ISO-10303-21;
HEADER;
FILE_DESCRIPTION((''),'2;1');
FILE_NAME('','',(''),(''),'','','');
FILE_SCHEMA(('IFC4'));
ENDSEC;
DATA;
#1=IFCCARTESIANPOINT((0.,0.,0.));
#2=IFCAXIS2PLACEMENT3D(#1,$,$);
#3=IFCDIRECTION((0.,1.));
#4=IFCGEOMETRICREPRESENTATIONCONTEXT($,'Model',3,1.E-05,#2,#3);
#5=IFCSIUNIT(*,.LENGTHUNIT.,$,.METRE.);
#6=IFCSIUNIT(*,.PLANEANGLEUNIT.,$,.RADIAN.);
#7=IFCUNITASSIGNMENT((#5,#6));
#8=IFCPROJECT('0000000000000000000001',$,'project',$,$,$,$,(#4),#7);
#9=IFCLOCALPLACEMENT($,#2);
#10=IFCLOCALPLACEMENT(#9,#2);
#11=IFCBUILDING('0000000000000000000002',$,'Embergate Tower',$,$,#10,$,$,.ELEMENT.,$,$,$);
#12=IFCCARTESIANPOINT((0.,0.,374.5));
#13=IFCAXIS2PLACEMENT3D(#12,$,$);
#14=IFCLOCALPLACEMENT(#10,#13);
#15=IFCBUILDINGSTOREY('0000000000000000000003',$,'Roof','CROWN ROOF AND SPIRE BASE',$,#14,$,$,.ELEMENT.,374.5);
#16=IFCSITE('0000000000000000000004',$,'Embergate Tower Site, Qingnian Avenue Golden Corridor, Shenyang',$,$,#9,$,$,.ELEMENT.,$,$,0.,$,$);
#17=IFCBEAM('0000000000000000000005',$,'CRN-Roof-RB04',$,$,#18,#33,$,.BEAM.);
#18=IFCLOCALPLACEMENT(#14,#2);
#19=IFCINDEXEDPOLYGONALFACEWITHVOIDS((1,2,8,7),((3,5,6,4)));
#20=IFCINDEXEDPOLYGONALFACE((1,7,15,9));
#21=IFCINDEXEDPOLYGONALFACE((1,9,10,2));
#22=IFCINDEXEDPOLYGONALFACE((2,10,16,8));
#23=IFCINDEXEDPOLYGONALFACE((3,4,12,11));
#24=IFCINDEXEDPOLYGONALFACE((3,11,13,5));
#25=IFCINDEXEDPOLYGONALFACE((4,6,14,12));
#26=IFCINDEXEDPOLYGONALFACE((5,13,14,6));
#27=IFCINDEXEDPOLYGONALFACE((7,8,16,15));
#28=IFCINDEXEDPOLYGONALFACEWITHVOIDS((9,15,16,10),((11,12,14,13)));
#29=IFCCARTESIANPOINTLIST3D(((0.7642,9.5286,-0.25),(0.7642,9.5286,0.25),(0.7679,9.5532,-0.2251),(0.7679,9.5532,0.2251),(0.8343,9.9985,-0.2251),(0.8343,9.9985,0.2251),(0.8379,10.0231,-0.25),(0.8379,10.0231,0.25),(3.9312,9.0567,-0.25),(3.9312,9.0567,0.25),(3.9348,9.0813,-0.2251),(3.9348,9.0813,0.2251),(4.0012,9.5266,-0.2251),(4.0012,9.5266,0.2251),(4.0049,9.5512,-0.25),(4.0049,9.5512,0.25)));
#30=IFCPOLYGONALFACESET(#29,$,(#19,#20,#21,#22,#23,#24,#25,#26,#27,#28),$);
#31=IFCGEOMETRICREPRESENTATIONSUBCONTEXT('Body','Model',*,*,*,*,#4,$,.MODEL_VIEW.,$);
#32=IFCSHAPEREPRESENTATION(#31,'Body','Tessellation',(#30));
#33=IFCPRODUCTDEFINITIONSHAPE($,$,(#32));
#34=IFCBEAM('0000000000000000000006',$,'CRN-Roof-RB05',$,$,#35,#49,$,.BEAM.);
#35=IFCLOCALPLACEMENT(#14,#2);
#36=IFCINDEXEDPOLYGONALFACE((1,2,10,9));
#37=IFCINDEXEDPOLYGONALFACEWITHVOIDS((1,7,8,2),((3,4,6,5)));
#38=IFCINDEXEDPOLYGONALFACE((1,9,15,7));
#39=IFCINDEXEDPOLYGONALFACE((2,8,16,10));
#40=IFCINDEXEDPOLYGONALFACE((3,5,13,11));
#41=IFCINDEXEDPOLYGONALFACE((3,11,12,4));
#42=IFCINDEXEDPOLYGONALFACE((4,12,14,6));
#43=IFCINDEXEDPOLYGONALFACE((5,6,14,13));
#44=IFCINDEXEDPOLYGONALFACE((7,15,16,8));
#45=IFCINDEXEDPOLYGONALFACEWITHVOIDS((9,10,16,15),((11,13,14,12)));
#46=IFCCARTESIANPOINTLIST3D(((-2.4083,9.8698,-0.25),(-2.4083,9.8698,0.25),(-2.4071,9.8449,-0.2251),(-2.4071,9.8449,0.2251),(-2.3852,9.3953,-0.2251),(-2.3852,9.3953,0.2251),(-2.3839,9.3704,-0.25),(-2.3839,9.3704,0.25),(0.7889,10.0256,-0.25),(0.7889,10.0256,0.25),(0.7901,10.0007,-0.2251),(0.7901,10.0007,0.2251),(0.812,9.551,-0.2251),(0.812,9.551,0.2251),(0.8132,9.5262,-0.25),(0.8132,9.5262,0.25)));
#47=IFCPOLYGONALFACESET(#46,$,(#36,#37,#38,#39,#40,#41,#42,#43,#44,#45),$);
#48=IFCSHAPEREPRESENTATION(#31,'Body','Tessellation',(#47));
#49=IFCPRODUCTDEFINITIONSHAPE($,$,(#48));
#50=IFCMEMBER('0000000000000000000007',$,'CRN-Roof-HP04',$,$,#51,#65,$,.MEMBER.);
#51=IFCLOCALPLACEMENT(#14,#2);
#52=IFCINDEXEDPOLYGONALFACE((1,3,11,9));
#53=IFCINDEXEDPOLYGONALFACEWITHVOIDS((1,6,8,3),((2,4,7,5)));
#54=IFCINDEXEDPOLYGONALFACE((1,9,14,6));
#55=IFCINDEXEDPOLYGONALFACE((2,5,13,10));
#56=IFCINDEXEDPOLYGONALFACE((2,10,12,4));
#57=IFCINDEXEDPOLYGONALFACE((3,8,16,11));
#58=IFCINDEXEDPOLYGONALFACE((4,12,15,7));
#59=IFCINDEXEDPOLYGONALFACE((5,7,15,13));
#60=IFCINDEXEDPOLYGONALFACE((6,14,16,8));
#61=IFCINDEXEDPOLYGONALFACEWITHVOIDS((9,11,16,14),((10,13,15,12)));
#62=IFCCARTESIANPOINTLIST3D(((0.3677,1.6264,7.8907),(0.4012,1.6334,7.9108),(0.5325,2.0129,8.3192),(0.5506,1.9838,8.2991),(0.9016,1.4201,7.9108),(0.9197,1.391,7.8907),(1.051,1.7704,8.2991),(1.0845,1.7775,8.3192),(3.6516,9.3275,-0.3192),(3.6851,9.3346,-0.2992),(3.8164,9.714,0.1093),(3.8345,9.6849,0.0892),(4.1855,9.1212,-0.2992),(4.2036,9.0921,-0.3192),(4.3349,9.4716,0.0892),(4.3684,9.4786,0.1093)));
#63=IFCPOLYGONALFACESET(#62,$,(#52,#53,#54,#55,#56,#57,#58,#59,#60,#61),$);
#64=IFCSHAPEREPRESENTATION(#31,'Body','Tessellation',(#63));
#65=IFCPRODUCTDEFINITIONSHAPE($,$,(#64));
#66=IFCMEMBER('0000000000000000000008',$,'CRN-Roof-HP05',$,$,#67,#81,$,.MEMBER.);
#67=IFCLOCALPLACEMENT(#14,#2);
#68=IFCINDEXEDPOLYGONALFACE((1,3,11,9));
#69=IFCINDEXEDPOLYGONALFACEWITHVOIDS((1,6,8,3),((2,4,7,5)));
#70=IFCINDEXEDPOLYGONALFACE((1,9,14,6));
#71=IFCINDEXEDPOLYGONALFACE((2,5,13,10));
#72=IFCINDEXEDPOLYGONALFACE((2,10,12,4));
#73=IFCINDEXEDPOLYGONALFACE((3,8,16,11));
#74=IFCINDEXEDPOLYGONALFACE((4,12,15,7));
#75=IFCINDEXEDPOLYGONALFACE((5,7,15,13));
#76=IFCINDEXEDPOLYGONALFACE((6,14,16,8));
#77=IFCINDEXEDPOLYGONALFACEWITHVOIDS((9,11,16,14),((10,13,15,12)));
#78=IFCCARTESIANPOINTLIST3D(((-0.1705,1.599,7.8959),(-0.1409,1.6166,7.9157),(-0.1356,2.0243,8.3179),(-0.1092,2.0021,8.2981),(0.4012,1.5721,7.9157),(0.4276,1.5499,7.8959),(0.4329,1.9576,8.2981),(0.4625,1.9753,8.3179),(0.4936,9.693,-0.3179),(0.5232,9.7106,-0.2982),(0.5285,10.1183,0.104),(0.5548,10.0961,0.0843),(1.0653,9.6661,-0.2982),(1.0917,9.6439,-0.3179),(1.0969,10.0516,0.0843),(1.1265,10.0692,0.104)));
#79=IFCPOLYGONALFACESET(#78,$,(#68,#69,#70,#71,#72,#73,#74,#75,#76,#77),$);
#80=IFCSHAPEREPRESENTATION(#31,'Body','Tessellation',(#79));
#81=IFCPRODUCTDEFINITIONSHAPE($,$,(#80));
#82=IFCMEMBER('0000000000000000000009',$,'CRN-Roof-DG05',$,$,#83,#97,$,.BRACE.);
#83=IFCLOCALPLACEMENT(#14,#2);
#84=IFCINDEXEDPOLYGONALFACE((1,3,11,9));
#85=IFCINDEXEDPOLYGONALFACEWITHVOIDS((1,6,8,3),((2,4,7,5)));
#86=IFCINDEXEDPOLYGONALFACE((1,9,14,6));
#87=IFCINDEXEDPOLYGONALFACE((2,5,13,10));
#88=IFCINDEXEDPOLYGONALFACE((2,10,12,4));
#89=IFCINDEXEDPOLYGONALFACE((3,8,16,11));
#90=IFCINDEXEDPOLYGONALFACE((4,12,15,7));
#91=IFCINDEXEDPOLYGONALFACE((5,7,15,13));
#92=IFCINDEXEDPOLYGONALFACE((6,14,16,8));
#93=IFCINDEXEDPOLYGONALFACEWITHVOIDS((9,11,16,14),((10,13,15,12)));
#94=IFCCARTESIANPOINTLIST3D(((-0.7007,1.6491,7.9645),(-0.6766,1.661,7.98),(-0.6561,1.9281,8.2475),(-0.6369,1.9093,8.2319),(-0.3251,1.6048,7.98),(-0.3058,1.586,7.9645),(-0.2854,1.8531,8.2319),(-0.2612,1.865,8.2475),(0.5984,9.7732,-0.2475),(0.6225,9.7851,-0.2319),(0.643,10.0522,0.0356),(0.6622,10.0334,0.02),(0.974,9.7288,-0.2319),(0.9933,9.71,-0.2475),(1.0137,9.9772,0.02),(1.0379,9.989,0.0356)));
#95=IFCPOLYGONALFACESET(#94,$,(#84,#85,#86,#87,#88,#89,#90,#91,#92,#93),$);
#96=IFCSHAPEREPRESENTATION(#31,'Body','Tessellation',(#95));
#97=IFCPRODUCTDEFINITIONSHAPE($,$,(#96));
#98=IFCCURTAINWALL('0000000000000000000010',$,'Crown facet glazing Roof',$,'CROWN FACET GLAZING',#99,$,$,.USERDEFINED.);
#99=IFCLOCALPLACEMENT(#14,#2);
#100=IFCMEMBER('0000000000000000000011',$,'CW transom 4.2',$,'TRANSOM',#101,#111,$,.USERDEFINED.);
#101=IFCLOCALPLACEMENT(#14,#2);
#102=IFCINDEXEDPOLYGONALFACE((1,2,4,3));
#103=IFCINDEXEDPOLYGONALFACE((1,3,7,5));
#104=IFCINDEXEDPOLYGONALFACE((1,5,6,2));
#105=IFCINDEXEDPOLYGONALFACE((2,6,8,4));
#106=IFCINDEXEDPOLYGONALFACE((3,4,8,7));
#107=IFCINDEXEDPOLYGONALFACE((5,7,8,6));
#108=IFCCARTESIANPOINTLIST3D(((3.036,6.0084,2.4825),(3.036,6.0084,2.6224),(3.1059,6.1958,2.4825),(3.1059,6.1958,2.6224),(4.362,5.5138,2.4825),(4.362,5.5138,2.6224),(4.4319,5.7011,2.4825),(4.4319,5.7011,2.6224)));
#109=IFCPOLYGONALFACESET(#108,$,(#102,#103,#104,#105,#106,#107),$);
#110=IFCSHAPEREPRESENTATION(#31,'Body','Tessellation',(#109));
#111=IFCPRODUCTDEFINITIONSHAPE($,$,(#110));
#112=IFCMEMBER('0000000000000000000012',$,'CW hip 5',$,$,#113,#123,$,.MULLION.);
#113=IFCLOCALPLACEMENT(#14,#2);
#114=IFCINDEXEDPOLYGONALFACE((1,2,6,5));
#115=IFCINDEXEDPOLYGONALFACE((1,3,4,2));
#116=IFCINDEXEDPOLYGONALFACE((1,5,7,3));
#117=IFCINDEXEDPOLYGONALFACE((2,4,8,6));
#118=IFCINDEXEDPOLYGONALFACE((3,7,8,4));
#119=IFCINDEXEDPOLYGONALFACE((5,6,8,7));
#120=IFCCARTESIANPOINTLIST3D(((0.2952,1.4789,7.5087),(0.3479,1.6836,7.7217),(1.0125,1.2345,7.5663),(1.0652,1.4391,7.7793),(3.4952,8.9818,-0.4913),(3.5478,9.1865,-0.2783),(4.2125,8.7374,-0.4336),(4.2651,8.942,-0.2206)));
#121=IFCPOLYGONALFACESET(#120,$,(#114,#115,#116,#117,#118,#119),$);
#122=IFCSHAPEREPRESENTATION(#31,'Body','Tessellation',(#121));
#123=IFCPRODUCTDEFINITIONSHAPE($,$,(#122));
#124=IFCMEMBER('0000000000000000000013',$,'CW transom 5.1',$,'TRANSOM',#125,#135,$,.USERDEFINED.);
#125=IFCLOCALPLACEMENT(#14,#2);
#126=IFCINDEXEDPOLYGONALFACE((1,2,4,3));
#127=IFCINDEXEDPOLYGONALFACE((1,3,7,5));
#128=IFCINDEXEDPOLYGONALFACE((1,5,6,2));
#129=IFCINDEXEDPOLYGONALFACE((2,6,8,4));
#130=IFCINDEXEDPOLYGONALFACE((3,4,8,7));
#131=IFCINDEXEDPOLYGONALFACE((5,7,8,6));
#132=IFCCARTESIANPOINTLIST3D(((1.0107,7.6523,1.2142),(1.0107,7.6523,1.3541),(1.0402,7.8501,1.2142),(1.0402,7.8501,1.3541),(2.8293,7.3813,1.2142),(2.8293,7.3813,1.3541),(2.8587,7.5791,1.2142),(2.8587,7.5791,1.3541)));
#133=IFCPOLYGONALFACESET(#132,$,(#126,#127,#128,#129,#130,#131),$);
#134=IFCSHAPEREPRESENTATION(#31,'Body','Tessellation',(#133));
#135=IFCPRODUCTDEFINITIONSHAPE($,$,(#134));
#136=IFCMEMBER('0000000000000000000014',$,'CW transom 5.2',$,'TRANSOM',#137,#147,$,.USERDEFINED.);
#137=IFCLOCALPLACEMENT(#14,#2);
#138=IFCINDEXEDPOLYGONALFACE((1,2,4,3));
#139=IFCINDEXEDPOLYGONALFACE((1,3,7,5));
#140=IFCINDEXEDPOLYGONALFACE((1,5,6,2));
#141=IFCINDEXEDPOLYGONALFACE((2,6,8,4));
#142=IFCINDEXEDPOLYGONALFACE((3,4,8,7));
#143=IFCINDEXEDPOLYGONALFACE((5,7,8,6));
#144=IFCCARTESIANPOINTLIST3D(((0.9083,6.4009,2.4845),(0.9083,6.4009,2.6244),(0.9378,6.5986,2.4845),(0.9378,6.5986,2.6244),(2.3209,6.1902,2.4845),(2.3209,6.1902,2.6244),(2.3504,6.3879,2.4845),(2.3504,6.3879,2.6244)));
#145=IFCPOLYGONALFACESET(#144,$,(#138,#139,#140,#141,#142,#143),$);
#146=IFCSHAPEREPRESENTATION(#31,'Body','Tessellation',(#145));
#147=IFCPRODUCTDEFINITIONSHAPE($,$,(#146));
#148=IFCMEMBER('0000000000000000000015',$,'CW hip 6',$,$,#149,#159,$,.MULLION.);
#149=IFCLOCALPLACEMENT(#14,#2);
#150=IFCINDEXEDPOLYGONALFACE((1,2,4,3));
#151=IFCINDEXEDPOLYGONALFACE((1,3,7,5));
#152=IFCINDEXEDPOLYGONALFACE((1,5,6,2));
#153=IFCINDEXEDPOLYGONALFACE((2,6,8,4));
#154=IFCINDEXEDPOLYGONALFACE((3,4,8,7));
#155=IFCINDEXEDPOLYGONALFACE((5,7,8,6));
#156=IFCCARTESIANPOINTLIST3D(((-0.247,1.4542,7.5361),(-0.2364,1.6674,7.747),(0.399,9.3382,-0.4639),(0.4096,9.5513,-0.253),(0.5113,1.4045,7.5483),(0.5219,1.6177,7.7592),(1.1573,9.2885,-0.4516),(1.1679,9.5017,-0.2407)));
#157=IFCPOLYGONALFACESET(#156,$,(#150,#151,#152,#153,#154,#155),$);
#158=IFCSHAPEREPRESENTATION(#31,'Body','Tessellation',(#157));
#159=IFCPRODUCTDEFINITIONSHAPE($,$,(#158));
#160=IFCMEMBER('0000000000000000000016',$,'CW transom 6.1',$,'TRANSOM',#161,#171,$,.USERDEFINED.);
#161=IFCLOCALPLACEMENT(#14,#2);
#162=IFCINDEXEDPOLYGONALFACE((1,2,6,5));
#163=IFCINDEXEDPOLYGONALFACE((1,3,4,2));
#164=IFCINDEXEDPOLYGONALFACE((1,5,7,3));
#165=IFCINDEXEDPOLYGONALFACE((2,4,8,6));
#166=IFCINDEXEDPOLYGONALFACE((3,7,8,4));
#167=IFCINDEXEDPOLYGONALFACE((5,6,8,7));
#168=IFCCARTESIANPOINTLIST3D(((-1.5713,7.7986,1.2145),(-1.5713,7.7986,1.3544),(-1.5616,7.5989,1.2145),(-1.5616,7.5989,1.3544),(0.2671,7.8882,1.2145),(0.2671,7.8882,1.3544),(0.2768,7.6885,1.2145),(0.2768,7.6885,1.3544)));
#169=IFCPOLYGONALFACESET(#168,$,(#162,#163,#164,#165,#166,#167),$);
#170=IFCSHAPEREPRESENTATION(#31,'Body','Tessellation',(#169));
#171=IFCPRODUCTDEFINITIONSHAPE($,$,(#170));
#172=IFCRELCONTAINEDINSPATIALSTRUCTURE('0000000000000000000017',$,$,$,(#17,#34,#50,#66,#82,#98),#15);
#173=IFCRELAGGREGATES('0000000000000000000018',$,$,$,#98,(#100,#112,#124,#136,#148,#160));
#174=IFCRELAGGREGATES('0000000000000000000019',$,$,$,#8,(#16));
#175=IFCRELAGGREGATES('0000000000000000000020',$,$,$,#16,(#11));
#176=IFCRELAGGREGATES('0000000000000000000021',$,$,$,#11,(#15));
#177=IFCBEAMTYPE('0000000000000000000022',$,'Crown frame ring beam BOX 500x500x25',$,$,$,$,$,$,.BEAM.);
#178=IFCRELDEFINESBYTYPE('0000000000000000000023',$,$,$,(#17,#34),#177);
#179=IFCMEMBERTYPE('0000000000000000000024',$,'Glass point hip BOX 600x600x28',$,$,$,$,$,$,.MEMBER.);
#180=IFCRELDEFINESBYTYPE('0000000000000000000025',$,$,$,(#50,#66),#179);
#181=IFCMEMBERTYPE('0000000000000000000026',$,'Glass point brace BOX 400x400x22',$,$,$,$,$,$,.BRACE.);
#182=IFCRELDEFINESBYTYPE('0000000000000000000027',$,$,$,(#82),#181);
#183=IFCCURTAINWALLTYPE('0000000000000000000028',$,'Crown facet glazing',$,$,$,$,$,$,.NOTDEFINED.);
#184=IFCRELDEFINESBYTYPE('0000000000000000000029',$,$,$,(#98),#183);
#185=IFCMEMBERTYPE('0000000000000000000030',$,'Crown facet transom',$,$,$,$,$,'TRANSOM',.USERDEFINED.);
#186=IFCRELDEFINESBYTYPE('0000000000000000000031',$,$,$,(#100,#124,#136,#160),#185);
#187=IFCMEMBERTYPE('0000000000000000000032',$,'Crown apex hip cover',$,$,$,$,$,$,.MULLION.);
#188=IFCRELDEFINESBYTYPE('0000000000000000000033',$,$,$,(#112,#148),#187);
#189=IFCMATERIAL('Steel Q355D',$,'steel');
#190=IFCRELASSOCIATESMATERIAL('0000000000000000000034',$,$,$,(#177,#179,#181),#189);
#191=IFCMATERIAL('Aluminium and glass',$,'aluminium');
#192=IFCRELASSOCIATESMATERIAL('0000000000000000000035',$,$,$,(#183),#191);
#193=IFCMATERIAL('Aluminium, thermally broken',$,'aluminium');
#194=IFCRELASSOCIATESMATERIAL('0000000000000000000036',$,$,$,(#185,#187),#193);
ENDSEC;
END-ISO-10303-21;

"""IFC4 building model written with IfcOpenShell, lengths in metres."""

from ifc_helpers import new_model, si_unit, direction, frame, origin, origin_2d, place, context, subcontext, project, spatial, rectangle, hollow_rectangle, extrude, source, transform, mapped, material, material_profile, profile_set, type_object, element, aggregate, save


model = new_model("IFC4")

# Units and contexts
model_context = context("Model", 3, precision=1e-05, world=origin(), true_north=direction((0.0, 1.0)))
body_context = subcontext(model_context, "Body", "Model", "MODEL_VIEW")
ifc_project = project(units=[si_unit("LENGTHUNIT", "METRE"), si_unit("PLANEANGLEUNIT", "RADIAN")], contexts=[model_context])

# Site, building, storey
site_placement = place(None, origin())
site = spatial("IfcSite", under=ifc_project, at=site_placement, Name="Embergate Tower Site, Qingnian Avenue Golden Corridor, Shenyang", CompositionType="ELEMENT", RefElevation=0.0)
building_placement = place(site_placement, origin())
building = spatial("IfcBuilding", under=site, at=building_placement, Name="Embergate Tower", CompositionType="ELEMENT")
storey_placement = place(building_placement, frame((0.0, 0.0, 374.5)))
storey = spatial("IfcBuildingStorey", under=building, at=storey_placement, Name="Roof", Description="CROWN ROOF AND SPIRE BASE", CompositionType="ELEMENT", Elevation=374.5)

# Beams
ifc_material_1 = material(Name="Steel Q355D", Category="steel")
ifc_material_profile_1 = material_profile(ifc_material_1, hollow_rectangle(XDim=0.5, YDim=0.5, WallThickness=0.0249, at=origin_2d()), Name="BOX 500x500x25")
ifc_profile_set_1 = profile_set([ifc_material_profile_1], Name="Steel Q355 grade D")
beam_type = type_object("IfcBeamType", Name="Crown frame ring beam BOX 500x500x25", PredefinedType="BEAM", material=ifc_profile_set_1)
shared_shape_1 = source(origin(), body_context, "Body", "SweptSolid", [
    extrude(hollow_rectangle(XDim=0.5, YDim=0.5, WallThickness=0.0249, at=origin_2d()), origin(), (0.0, 0.0, 1.0), 3.2019),
])
beam_1_placement = place(storey_placement, frame((3.968, 9.304, 0.0), z_axis=(-0.989079, 0.147386, 0.0), x_axis=(-0.147386, -0.989079, 0.0)))
element("IfcBeam", 1, at=beam_1_placement, inside=storey, type_object=beam_type, Name="CRN-Roof-RB04", PredefinedType="BEAM", context=body_context, shape_type="MappedRepresentation", body=[
    mapped(shared_shape_1, transform((0.0, 0.0, 0.0))),
])
shared_shape_2 = source(origin(), body_context, "Body", "SweptSolid", [
    extrude(hollow_rectangle(XDim=0.5, YDim=0.5, WallThickness=0.0249, at=origin_2d()), origin(), (0.0, 0.0, 1.0), 3.2009),
])
beam_2_placement = place(storey_placement, frame((0.801, 9.7759, 0.0), z_axis=(-0.998815, -0.048663, 0.0), x_axis=(0.048663, -0.998815, 0.0)))
element("IfcBeam", 2, at=beam_2_placement, inside=storey, type_object=beam_type, Name="CRN-Roof-RB05", PredefinedType="BEAM", context=body_context, shape_type="MappedRepresentation", body=[
    mapped(shared_shape_2, transform((0.0, 0.0, 0.0))),
])

# Members
ifc_material_profile_2 = material_profile(ifc_material_1, hollow_rectangle(XDim=0.6001, YDim=0.6001, WallThickness=0.0281, at=origin_2d()), Name="BOX 600x600x28")
ifc_profile_set_2 = profile_set([ifc_material_profile_2], Name="Steel Q355 grade D")
member_type_1 = type_object("IfcMemberType", Name="Glass point hip BOX 600x600x28", PredefinedType="MEMBER", material=ifc_profile_set_2)
shared_shape_3 = source(origin(), body_context, "Body", "SweptSolid", [
    extrude(hollow_rectangle(XDim=0.6001, YDim=0.6001, WallThickness=0.0281, at=origin_2d()), origin(), (0.0, 0.0, 1.0), 11.7258),
])
member_1_placement = place(storey_placement, frame((4.01, 9.4031, -0.105), z_axis=(-0.280059, -0.656768, 0.700159), x_axis=(0.91986, -0.392247, 0.0)))
element("IfcMember", 3, at=member_1_placement, inside=storey, type_object=member_type_1, Name="CRN-Roof-HP04", PredefinedType="MEMBER", context=body_context, shape_type="MappedRepresentation", body=[
    mapped(shared_shape_3, transform((0.0, 0.0, 0.0))),
])
shared_shape_4 = source(origin(), body_context, "Body", "SweptSolid", [
    extrude(hollow_rectangle(XDim=0.6001, YDim=0.6001, WallThickness=0.0281, at=origin_2d()), origin(), (0.0, 0.0, 1.0), 11.5508),
])
member_2_placement = place(storey_placement, frame((0.8101, 9.8811, -0.1069), z_axis=(-0.057491, -0.700729, 0.711107), x_axis=(0.996651, -0.081769, 0.0)))
element("IfcMember", 4, at=member_2_placement, inside=storey, type_object=member_type_1, Name="CRN-Roof-HP05", PredefinedType="MEMBER", context=body_context, shape_type="MappedRepresentation", body=[
    mapped(shared_shape_4, transform((0.0, 0.0, 0.0))),
])
ifc_material_profile_3 = material_profile(ifc_material_1, hollow_rectangle(XDim=0.3999, YDim=0.3999, WallThickness=0.022, at=origin_2d()), Name="BOX 400x400x22")
ifc_profile_set_3 = profile_set([ifc_material_profile_3], Name="Steel Q355 grade D")
member_type_2 = type_object("IfcMemberType", Name="Glass point brace BOX 400x400x22", PredefinedType="BRACE", material=ifc_profile_set_3)
shared_shape_5 = source(origin(), body_context, "Body", "SweptSolid", [
    extrude(hollow_rectangle(XDim=0.3999, YDim=0.3999, WallThickness=0.022, at=origin_2d()), origin(), (0.0, 0.0, 1.0), 11.6243),
])
member_3_placement = place(storey_placement, frame((0.8181, 9.8811, -0.106), z_axis=(-0.111755, -0.698887, 0.706448), x_axis=(0.987455, -0.157899, 0.0)))
element("IfcMember", 5, at=member_3_placement, inside=storey, type_object=member_type_2, Name="CRN-Roof-DG05", PredefinedType="BRACE", context=body_context, shape_type="MappedRepresentation", body=[
    mapped(shared_shape_5, transform((0.0, 0.0, 0.0))),
])

# Curtain wall, members
ifc_material_2 = material(Name="Aluminium and glass", Category="aluminium")
curtain_wall_type = type_object("IfcCurtainWallType", Name="Crown facet glazing", PredefinedType="NOTDEFINED", material=ifc_material_2)
curtain_wall_placement = place(storey_placement, origin())
curtain_wall = element("IfcCurtainWall", 6, at=curtain_wall_placement, inside=storey, type_object=curtain_wall_type, Name="Crown facet glazing Roof", ObjectType="CROWN FACET GLAZING", PredefinedType="USERDEFINED")
ifc_material_3 = material(Name="Aluminium, thermally broken", Category="aluminium")
ifc_material_profile_4 = material_profile(ifc_material_3, rectangle(XDim=0.2, YDim=0.1399, at=origin_2d()), Name="AL 140x200")
ifc_profile_set_4 = profile_set([ifc_material_profile_4], Name="Aluminium, thermally broken")
member_type_3 = type_object("IfcMemberType", Name="Crown facet transom", ElementType="TRANSOM", PredefinedType="USERDEFINED", material=ifc_profile_set_4)
shared_shape_6 = source(origin(), body_context, "Body", "SweptSolid", [
    extrude(rectangle(XDim=0.2, YDim=0.1399, at=origin_2d()), origin(), (0.0, 0.0, 1.0), 1.4153),
])
member_4_placement = place(storey_placement, frame((4.397, 5.6074, 2.5525), z_axis=(-0.93693, 0.349516, 0.0), x_axis=(-0.349516, -0.93693, 0.0)))
member_4 = element("IfcMember", 7, at=member_4_placement, type_object=member_type_3, Name="CW transom 4.2", ObjectType="TRANSOM", PredefinedType="USERDEFINED", context=body_context, shape_type="MappedRepresentation", body=[
    mapped(shared_shape_6, transform((0.0, 0.0, 0.0))),
])
ifc_material_profile_5 = material_profile(ifc_material_3, rectangle(XDim=0.3, YDim=0.76, at=origin_2d()), Name="AL 760x300")
ifc_profile_set_5 = profile_set([ifc_material_profile_5], Name="Aluminium, thermally broken")
member_type_4 = type_object("IfcMemberType", Name="Crown apex hip cover", PredefinedType="MULLION", material=ifc_profile_set_5)
shared_shape_7 = source(origin(), body_context, "Body", "SweptSolid", [
    extrude(rectangle(XDim=0.3, YDim=0.76, at=origin_2d()), origin(), (0.0, 0.0, 1.0), 11.425),
])
member_5_placement = place(storey_placement, frame((3.8801, 8.9619, -0.356), z_axis=(-0.28008, -0.656704, 0.700211), x_axis=(0.175395, 0.68212, 0.709894)))
member_5 = element("IfcMember", 8, at=member_5_placement, type_object=member_type_4, Name="CW hip 5", PredefinedType="MULLION", context=body_context, shape_type="MappedRepresentation", body=[
    mapped(shared_shape_7, transform((0.0, 0.0, 0.0))),
])
shared_shape_8 = source(origin(), body_context, "Body", "SweptSolid", [
    extrude(rectangle(XDim=0.2, YDim=0.1399, at=origin_2d()), origin(), (0.0, 0.0, 1.0), 1.8386),
])
member_6_placement = place(storey_placement, frame((2.844, 7.4802, 1.2842), z_axis=(-0.989079, 0.147386, 0.0), x_axis=(-0.147386, -0.989079, 0.0)))
member_6 = element("IfcMember", 9, at=member_6_placement, type_object=member_type_3, Name="CW transom 5.1", ObjectType="TRANSOM", PredefinedType="USERDEFINED", context=body_context, shape_type="MappedRepresentation", body=[
    mapped(shared_shape_8, transform((0.0, 0.0, 0.0))),
])
shared_shape_9 = source(origin(), body_context, "Body", "SweptSolid", [
    extrude(rectangle(XDim=0.2, YDim=0.1399, at=origin_2d()), origin(), (0.0, 0.0, 1.0), 1.4282),
])
member_7_placement = place(storey_placement, frame((2.3357, 6.2891, 2.5544), z_axis=(-0.989059, 0.147521, 0.0), x_axis=(-0.147521, -0.989059, 0.0)))
member_7 = element("IfcMember", 10, at=member_7_placement, type_object=member_type_3, Name="CW transom 5.2", ObjectType="TRANSOM", PredefinedType="USERDEFINED", context=body_context, shape_type="MappedRepresentation", body=[
    mapped(shared_shape_9, transform((0.0, 0.0, 0.0))),
])
shared_shape_10 = source(origin(), body_context, "Body", "SweptSolid", [
    extrude(rectangle(XDim=0.3, YDim=0.76, at=origin_2d()), origin(), (0.0, 0.0, 1.0), 11.2505),
])
member_8_placement = place(storey_placement, frame((0.7834, 9.4199, -0.3523), z_axis=(-0.057419, -0.700768, 0.711075), x_axis=(0.035152, 0.71039, 0.70293)))
member_8 = element("IfcMember", 11, at=member_8_placement, type_object=member_type_4, Name="CW hip 6", PredefinedType="MULLION", context=body_context, shape_type="MappedRepresentation", body=[
    mapped(shared_shape_10, transform((0.0, 0.0, 0.0))),
])
shared_shape_11 = source(origin(), body_context, "Body", "SweptSolid", [
    extrude(rectangle(XDim=0.2, YDim=0.1399, at=origin_2d()), origin(), (0.0, 0.0, 1.0), 1.8406),
])
member_9_placement = place(storey_placement, frame((0.272, 7.7883, 1.2844), z_axis=(-0.998814, -0.048681, 0.0), x_axis=(0.048681, -0.998814, 0.0)))
member_9 = element("IfcMember", 12, at=member_9_placement, type_object=member_type_3, Name="CW transom 6.1", ObjectType="TRANSOM", PredefinedType="USERDEFINED", context=body_context, shape_type="MappedRepresentation", body=[
    mapped(shared_shape_11, transform((0.0, 0.0, 0.0))),
])
aggregate(curtain_wall, [member_4, member_5, member_6, member_7, member_8, member_9])

save(model, "model.ifc")
